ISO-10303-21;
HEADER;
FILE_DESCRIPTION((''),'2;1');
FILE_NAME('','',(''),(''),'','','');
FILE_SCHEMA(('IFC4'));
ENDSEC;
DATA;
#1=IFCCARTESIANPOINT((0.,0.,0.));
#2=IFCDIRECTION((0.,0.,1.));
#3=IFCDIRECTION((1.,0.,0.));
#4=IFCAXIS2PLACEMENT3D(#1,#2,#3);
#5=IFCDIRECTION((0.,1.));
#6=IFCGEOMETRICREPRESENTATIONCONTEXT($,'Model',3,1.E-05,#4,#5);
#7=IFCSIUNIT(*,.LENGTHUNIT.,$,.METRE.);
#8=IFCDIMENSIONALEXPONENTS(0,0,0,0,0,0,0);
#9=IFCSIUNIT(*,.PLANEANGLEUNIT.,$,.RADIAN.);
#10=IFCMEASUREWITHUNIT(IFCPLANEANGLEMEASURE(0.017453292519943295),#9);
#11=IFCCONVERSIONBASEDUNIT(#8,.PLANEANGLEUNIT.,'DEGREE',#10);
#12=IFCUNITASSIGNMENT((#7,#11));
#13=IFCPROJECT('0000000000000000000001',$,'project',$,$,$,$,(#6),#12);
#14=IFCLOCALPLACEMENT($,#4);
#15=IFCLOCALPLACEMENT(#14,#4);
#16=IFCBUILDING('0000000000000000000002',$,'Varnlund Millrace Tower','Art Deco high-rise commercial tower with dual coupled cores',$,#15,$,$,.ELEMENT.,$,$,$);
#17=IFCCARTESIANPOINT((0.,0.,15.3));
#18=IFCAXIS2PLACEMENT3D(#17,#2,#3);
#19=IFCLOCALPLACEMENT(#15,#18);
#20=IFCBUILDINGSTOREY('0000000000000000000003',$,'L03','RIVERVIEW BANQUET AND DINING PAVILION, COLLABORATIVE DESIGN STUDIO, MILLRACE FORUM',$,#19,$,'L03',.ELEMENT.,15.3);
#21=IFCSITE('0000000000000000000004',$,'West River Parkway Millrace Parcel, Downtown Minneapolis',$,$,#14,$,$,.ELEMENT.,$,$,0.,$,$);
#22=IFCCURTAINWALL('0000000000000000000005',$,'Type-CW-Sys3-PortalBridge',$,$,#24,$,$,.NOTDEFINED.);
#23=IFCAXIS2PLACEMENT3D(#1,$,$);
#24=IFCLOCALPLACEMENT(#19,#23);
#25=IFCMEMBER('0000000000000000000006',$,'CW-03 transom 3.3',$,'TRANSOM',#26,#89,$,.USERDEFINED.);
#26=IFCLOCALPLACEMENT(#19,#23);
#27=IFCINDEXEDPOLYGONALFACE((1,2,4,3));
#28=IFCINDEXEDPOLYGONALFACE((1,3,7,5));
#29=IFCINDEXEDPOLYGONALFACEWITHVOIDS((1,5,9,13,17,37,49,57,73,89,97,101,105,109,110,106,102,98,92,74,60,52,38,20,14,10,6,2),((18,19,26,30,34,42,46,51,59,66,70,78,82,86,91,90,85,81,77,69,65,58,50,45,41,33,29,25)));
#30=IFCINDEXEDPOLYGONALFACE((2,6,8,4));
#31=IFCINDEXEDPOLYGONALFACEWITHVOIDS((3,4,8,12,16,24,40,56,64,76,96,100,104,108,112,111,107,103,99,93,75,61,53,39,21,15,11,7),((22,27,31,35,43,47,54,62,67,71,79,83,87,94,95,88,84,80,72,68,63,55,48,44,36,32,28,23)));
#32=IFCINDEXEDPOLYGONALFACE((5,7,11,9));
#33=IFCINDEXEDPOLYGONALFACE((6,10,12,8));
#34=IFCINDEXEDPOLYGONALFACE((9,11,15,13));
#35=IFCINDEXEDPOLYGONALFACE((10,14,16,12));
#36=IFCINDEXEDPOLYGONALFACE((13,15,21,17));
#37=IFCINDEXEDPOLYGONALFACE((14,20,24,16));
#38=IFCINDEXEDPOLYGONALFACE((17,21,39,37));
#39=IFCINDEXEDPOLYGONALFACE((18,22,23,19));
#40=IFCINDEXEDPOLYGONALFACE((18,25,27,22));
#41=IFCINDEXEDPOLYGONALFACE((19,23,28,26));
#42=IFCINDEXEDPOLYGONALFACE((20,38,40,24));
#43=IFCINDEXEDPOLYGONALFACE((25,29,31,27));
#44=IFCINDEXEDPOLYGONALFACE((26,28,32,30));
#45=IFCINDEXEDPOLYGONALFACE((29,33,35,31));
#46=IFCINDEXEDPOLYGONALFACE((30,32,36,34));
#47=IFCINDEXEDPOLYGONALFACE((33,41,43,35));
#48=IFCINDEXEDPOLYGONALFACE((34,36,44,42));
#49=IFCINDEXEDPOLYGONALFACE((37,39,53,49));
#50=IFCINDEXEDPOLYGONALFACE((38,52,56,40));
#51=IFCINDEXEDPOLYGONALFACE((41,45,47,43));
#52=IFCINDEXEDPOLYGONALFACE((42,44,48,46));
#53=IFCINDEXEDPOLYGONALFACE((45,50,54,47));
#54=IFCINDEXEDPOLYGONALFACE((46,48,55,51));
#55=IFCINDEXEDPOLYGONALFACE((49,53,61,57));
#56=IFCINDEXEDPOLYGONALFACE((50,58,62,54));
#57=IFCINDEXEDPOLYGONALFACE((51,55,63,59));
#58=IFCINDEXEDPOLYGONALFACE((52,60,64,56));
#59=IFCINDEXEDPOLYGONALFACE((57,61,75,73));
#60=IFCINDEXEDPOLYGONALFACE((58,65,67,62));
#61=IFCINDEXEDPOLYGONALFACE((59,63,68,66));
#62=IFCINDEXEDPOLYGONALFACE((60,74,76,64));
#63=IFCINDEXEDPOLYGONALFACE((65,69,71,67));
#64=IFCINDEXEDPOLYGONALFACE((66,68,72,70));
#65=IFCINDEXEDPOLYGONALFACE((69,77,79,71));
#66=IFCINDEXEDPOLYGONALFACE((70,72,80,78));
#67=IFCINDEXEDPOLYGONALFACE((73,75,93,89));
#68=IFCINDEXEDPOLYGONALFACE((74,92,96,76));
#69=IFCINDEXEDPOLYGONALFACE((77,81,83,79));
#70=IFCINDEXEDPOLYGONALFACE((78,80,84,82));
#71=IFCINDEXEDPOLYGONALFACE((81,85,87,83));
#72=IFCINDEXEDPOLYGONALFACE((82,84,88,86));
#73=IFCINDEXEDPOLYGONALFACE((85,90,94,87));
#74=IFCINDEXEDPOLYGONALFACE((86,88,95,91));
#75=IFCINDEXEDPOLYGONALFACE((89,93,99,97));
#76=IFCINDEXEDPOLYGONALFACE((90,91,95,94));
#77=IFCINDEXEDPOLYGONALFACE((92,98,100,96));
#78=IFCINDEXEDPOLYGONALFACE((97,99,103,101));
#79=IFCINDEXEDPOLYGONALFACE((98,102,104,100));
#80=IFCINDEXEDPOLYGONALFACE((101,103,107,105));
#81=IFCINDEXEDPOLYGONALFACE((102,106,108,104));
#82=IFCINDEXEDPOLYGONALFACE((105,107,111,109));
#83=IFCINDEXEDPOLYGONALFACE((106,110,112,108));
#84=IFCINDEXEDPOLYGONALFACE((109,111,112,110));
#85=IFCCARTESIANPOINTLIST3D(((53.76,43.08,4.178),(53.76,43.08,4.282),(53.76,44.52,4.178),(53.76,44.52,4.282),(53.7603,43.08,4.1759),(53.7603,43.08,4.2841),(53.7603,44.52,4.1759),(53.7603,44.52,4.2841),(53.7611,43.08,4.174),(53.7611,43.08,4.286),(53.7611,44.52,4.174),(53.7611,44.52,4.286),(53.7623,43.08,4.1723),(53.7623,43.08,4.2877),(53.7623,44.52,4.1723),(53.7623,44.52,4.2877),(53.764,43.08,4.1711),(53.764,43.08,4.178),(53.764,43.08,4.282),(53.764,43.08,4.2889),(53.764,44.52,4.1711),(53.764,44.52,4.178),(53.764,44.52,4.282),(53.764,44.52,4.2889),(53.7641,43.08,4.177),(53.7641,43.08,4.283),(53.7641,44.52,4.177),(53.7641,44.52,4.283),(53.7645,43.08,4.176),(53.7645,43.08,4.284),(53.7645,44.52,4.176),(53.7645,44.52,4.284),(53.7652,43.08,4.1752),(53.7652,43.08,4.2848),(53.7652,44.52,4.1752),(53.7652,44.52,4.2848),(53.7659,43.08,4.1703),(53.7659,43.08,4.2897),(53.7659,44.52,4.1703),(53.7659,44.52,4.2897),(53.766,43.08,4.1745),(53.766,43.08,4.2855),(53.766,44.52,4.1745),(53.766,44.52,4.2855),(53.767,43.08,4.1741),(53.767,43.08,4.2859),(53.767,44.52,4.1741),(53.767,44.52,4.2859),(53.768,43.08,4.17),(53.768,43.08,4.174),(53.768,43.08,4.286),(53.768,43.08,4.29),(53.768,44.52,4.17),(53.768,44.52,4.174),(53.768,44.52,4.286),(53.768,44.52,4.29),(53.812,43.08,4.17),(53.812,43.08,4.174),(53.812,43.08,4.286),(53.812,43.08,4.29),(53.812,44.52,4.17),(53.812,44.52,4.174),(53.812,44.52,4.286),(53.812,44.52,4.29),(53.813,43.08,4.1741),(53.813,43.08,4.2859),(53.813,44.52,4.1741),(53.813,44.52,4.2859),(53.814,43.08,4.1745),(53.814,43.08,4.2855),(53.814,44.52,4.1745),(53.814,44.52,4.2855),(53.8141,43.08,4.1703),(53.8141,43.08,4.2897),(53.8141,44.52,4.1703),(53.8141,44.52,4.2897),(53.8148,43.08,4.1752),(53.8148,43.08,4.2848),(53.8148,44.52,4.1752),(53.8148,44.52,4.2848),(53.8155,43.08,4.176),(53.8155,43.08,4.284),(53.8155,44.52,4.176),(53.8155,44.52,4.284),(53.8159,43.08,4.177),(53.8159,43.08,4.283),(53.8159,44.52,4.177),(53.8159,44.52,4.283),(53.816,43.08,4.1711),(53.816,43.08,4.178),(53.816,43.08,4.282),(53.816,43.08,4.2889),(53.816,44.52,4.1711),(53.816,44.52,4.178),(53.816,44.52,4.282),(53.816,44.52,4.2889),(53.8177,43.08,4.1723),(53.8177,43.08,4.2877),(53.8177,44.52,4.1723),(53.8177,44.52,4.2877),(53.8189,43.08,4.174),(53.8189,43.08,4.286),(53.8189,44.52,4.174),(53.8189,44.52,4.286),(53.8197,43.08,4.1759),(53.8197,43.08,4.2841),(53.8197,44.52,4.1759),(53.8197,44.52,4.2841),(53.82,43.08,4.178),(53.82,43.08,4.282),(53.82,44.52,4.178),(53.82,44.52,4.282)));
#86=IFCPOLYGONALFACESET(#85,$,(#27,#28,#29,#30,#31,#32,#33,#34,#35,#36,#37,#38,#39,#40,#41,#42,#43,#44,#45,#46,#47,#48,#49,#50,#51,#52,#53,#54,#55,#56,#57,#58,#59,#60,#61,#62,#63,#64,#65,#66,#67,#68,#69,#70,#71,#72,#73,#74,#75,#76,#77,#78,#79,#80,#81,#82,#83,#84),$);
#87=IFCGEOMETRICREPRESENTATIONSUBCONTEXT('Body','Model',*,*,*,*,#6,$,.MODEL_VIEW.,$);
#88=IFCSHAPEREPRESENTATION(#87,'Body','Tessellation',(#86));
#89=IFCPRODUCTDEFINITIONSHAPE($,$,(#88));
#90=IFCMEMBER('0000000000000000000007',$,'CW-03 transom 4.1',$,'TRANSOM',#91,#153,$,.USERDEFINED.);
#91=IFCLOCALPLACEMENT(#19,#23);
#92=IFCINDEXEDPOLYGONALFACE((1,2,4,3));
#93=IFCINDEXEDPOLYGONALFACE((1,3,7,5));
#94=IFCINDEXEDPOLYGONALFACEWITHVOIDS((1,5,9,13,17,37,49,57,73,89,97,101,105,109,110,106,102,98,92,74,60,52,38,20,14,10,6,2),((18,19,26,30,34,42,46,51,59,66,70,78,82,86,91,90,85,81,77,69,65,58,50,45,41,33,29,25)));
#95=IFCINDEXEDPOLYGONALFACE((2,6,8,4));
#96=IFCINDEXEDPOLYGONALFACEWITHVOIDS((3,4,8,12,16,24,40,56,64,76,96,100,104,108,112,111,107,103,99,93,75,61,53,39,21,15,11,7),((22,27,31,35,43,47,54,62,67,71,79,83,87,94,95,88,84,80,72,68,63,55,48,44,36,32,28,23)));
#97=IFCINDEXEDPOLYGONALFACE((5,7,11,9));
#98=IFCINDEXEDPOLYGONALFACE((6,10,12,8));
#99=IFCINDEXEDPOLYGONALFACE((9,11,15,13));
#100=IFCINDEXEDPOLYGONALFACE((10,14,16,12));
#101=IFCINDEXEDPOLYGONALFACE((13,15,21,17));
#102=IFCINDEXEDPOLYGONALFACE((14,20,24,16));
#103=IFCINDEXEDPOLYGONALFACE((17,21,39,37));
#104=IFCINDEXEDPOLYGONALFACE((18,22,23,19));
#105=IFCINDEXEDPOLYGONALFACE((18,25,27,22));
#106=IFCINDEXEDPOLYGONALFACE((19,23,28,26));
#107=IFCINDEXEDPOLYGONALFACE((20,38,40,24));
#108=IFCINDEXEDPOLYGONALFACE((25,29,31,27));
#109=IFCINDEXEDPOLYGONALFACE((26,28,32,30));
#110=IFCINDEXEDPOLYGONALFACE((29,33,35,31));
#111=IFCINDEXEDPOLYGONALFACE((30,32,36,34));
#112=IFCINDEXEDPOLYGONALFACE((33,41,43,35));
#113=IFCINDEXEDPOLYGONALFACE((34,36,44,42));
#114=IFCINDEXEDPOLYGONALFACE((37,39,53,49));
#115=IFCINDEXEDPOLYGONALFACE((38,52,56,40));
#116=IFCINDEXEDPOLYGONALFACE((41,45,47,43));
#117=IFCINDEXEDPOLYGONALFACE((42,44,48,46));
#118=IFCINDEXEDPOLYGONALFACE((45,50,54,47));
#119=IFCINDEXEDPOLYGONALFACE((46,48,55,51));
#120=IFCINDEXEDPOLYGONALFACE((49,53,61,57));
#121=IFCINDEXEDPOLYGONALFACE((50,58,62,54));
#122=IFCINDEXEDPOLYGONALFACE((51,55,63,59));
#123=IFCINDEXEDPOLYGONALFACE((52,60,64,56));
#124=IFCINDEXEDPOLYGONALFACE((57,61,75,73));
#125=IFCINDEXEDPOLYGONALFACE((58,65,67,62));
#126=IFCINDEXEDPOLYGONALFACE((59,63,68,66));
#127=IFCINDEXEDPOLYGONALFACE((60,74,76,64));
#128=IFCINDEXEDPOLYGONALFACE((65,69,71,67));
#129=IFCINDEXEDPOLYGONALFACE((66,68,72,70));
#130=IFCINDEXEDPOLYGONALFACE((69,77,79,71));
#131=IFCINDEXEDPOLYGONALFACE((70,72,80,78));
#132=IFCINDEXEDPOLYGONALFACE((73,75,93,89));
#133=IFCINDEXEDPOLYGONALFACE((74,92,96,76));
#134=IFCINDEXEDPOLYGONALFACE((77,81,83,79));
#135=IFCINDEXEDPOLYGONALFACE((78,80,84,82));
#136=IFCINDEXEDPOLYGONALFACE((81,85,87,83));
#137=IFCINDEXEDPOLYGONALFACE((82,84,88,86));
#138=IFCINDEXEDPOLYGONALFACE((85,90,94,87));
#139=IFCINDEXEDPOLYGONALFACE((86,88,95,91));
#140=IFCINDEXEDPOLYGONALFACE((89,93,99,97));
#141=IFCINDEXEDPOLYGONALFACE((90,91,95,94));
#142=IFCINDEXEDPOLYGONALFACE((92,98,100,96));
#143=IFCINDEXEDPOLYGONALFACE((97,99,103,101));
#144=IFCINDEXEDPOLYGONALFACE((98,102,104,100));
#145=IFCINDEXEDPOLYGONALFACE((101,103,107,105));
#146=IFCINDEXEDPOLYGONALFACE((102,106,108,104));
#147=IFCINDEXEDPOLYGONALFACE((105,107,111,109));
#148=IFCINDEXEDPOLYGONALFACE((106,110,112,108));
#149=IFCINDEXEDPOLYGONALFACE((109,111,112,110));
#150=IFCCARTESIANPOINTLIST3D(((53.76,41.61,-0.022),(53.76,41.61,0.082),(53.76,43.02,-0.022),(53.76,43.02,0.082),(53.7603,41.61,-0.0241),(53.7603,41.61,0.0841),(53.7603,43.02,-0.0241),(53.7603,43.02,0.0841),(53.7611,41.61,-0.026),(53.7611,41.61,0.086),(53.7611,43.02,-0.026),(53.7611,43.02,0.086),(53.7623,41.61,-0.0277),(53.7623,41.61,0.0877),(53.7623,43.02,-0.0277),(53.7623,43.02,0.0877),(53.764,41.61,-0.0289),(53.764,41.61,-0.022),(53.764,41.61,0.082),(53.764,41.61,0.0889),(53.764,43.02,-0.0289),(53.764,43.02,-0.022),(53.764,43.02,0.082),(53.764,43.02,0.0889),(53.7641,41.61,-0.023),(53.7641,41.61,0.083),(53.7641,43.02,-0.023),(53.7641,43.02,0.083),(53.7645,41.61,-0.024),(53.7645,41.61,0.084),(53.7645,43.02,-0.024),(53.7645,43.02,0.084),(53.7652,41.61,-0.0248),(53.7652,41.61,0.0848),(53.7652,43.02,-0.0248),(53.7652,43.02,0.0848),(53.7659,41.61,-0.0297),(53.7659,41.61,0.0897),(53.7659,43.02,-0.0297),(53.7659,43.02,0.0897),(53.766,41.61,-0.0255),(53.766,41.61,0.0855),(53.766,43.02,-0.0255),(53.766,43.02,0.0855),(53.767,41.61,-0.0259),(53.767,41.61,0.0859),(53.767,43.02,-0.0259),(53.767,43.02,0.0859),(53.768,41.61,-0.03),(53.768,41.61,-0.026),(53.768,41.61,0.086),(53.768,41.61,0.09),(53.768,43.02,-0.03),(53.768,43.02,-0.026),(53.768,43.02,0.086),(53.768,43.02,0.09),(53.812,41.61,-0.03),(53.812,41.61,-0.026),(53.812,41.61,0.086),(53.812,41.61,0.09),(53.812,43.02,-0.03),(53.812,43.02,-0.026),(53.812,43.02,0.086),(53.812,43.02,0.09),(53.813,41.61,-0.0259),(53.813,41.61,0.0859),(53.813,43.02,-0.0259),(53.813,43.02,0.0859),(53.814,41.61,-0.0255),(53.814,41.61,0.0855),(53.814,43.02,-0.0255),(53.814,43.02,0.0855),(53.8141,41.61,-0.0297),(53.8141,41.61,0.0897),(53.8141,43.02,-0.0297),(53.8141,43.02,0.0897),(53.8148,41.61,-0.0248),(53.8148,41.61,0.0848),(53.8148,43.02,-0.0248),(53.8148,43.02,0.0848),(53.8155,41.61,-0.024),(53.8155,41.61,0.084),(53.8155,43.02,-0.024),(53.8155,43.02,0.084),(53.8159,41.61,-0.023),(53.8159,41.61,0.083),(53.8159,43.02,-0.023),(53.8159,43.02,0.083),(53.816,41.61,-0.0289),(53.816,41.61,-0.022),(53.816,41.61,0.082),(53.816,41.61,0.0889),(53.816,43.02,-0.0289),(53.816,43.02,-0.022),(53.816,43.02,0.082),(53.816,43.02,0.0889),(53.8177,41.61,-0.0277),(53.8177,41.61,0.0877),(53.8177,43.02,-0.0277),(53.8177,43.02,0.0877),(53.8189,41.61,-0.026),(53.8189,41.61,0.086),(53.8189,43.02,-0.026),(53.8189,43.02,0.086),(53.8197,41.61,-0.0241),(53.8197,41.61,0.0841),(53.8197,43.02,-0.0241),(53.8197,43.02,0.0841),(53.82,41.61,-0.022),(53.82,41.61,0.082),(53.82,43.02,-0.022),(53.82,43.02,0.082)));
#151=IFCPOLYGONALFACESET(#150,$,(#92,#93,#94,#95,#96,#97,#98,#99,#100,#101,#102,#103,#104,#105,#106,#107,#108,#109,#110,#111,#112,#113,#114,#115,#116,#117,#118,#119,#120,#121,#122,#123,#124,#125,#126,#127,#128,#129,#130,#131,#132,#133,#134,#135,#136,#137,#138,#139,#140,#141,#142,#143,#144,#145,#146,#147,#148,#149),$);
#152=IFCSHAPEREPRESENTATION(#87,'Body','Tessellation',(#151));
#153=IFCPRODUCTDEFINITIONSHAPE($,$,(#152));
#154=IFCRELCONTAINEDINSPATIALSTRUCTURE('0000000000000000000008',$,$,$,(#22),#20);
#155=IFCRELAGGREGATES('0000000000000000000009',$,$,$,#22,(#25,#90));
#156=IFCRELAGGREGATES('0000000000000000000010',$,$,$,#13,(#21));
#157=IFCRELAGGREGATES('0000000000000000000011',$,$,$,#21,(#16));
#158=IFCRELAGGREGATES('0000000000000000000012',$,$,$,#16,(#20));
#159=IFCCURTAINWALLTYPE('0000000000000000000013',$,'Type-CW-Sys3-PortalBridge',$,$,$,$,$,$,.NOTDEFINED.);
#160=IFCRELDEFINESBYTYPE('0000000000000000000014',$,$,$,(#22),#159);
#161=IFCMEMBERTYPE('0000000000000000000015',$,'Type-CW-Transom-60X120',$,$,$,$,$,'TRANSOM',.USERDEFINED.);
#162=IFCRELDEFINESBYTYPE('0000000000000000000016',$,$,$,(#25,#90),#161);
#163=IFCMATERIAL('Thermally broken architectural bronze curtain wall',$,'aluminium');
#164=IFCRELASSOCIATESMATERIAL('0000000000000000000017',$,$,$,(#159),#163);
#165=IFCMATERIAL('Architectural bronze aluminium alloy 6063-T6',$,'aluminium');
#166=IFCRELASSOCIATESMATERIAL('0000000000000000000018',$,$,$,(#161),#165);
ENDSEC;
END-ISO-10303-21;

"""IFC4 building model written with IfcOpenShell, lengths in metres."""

from ifc_helpers import new_model, entity, si_unit, converted_unit, direction, frame, origin_with_axes, origin_2d_with_axis, place, context, subcontext, project, spatial, hollow_rectangle, extrude, material, material_profile, profile_set, type_object, element, aggregate, save


model = new_model("IFC4")

# Units and contexts
model_context = context("Model", 3, precision=1e-05, world=origin_with_axes(), true_north=direction((0.0, 1.0)))
body_context = subcontext(model_context, "Body", "Model", "MODEL_VIEW")
ifc_project = project(units=[si_unit("LENGTHUNIT", "METRE"), converted_unit("PLANEANGLEUNIT", "DEGREE", entity("IfcPlaneAngleMeasure", 0.017453292519943295), si_unit("PLANEANGLEUNIT", "RADIAN"), dimensions=[0, 0, 0, 0, 0, 0, 0])], contexts=[model_context])

# Site, building, storey
site_placement = place(None, origin_with_axes())
site = spatial("IfcSite", under=ifc_project, at=site_placement, Name="West River Parkway Millrace Parcel, Downtown Minneapolis", CompositionType="ELEMENT", RefElevation=0.0)
building_placement = place(site_placement, origin_with_axes())
building = spatial("IfcBuilding", under=site, at=building_placement, Name="Varnlund Millrace Tower", Description="Art Deco high-rise commercial tower with dual coupled cores", CompositionType="ELEMENT")
storey_placement = place(building_placement, frame((0.0, 0.0, 15.3), z_axis=(0.0, 0.0, 1.0), x_axis=(1.0, 0.0, 0.0)))
storey = spatial("IfcBuildingStorey", under=building, at=storey_placement, Name="L03", Description="RIVERVIEW BANQUET AND DINING PAVILION, COLLABORATIVE DESIGN STUDIO, MILLRACE FORUM", LongName="L03", CompositionType="ELEMENT", Elevation=15.3)

# Curtain wall, members
ifc_material_1 = material(Name="Thermally broken architectural bronze curtain wall", Category="aluminium")
curtain_wall_type = type_object("IfcCurtainWallType", Name="Type-CW-Sys3-PortalBridge", PredefinedType="NOTDEFINED", material=ifc_material_1)
curtain_wall_placement = place(storey_placement, frame((53.79, 47.55, 0.0), z_axis=(0.0, 0.0, 1.0), x_axis=(1.0, 0.0, 0.0)))
curtain_wall = element("IfcCurtainWall", 1, at=curtain_wall_placement, inside=storey, type_object=curtain_wall_type, Name="Type-CW-Sys3-PortalBridge", PredefinedType="NOTDEFINED")
ifc_material_2 = material(Name="Architectural bronze aluminium alloy 6063-T6", Category="aluminium")
ifc_material_profile_1 = material_profile(ifc_material_2, hollow_rectangle(XDim=0.06, YDim=0.12, WallThickness=0.004, InnerFilletRadius=0.004, OuterFilletRadius=0.008, at=origin_2d_with_axis()), Name="Architectural bronze aluminium alloy 6063-T6")
ifc_profile_set_1 = profile_set([ifc_material_profile_1], Name="Architectural bronze aluminium alloy 6063-T6")
member_type_1 = type_object("IfcMemberType", Name="Type-CW-Transom-60X120", ElementType="TRANSOM", PredefinedType="USERDEFINED", material=ifc_profile_set_1)
member_1_placement = place(storey_placement, frame((53.79, 44.52, 4.23), z_axis=(0.0, -1.0, 0.0), x_axis=(1.0, 0.0, 0.0)))
member_1 = element("IfcMember", 2, at=member_1_placement, type_object=member_type_1, Name="CW-03 transom 3.3", ObjectType="TRANSOM", PredefinedType="USERDEFINED", context=body_context, shape_type="SweptSolid", body=[
    extrude(hollow_rectangle(XDim=0.06, YDim=0.12, WallThickness=0.004, InnerFilletRadius=0.004, OuterFilletRadius=0.008, at=origin_2d_with_axis()), origin_with_axes(), (0.0, 0.0, 1.0), 1.44),
])
member_2_placement = place(storey_placement, frame((53.79, 43.02, 0.03), z_axis=(0.0, -1.0, 0.0), x_axis=(1.0, 0.0, 0.0)))
member_2 = element("IfcMember", 3, at=member_2_placement, type_object=member_type_1, Name="CW-03 transom 4.1", ObjectType="TRANSOM", PredefinedType="USERDEFINED", context=body_context, shape_type="SweptSolid", body=[
    extrude(hollow_rectangle(XDim=0.06, YDim=0.12, WallThickness=0.004, InnerFilletRadius=0.004, OuterFilletRadius=0.008, at=origin_2d_with_axis()), origin_with_axes(), (0.0, 0.0, 1.0), 1.41),
])

aggregate(curtain_wall, [member_1, member_2])

save(model, "model.ifc")
